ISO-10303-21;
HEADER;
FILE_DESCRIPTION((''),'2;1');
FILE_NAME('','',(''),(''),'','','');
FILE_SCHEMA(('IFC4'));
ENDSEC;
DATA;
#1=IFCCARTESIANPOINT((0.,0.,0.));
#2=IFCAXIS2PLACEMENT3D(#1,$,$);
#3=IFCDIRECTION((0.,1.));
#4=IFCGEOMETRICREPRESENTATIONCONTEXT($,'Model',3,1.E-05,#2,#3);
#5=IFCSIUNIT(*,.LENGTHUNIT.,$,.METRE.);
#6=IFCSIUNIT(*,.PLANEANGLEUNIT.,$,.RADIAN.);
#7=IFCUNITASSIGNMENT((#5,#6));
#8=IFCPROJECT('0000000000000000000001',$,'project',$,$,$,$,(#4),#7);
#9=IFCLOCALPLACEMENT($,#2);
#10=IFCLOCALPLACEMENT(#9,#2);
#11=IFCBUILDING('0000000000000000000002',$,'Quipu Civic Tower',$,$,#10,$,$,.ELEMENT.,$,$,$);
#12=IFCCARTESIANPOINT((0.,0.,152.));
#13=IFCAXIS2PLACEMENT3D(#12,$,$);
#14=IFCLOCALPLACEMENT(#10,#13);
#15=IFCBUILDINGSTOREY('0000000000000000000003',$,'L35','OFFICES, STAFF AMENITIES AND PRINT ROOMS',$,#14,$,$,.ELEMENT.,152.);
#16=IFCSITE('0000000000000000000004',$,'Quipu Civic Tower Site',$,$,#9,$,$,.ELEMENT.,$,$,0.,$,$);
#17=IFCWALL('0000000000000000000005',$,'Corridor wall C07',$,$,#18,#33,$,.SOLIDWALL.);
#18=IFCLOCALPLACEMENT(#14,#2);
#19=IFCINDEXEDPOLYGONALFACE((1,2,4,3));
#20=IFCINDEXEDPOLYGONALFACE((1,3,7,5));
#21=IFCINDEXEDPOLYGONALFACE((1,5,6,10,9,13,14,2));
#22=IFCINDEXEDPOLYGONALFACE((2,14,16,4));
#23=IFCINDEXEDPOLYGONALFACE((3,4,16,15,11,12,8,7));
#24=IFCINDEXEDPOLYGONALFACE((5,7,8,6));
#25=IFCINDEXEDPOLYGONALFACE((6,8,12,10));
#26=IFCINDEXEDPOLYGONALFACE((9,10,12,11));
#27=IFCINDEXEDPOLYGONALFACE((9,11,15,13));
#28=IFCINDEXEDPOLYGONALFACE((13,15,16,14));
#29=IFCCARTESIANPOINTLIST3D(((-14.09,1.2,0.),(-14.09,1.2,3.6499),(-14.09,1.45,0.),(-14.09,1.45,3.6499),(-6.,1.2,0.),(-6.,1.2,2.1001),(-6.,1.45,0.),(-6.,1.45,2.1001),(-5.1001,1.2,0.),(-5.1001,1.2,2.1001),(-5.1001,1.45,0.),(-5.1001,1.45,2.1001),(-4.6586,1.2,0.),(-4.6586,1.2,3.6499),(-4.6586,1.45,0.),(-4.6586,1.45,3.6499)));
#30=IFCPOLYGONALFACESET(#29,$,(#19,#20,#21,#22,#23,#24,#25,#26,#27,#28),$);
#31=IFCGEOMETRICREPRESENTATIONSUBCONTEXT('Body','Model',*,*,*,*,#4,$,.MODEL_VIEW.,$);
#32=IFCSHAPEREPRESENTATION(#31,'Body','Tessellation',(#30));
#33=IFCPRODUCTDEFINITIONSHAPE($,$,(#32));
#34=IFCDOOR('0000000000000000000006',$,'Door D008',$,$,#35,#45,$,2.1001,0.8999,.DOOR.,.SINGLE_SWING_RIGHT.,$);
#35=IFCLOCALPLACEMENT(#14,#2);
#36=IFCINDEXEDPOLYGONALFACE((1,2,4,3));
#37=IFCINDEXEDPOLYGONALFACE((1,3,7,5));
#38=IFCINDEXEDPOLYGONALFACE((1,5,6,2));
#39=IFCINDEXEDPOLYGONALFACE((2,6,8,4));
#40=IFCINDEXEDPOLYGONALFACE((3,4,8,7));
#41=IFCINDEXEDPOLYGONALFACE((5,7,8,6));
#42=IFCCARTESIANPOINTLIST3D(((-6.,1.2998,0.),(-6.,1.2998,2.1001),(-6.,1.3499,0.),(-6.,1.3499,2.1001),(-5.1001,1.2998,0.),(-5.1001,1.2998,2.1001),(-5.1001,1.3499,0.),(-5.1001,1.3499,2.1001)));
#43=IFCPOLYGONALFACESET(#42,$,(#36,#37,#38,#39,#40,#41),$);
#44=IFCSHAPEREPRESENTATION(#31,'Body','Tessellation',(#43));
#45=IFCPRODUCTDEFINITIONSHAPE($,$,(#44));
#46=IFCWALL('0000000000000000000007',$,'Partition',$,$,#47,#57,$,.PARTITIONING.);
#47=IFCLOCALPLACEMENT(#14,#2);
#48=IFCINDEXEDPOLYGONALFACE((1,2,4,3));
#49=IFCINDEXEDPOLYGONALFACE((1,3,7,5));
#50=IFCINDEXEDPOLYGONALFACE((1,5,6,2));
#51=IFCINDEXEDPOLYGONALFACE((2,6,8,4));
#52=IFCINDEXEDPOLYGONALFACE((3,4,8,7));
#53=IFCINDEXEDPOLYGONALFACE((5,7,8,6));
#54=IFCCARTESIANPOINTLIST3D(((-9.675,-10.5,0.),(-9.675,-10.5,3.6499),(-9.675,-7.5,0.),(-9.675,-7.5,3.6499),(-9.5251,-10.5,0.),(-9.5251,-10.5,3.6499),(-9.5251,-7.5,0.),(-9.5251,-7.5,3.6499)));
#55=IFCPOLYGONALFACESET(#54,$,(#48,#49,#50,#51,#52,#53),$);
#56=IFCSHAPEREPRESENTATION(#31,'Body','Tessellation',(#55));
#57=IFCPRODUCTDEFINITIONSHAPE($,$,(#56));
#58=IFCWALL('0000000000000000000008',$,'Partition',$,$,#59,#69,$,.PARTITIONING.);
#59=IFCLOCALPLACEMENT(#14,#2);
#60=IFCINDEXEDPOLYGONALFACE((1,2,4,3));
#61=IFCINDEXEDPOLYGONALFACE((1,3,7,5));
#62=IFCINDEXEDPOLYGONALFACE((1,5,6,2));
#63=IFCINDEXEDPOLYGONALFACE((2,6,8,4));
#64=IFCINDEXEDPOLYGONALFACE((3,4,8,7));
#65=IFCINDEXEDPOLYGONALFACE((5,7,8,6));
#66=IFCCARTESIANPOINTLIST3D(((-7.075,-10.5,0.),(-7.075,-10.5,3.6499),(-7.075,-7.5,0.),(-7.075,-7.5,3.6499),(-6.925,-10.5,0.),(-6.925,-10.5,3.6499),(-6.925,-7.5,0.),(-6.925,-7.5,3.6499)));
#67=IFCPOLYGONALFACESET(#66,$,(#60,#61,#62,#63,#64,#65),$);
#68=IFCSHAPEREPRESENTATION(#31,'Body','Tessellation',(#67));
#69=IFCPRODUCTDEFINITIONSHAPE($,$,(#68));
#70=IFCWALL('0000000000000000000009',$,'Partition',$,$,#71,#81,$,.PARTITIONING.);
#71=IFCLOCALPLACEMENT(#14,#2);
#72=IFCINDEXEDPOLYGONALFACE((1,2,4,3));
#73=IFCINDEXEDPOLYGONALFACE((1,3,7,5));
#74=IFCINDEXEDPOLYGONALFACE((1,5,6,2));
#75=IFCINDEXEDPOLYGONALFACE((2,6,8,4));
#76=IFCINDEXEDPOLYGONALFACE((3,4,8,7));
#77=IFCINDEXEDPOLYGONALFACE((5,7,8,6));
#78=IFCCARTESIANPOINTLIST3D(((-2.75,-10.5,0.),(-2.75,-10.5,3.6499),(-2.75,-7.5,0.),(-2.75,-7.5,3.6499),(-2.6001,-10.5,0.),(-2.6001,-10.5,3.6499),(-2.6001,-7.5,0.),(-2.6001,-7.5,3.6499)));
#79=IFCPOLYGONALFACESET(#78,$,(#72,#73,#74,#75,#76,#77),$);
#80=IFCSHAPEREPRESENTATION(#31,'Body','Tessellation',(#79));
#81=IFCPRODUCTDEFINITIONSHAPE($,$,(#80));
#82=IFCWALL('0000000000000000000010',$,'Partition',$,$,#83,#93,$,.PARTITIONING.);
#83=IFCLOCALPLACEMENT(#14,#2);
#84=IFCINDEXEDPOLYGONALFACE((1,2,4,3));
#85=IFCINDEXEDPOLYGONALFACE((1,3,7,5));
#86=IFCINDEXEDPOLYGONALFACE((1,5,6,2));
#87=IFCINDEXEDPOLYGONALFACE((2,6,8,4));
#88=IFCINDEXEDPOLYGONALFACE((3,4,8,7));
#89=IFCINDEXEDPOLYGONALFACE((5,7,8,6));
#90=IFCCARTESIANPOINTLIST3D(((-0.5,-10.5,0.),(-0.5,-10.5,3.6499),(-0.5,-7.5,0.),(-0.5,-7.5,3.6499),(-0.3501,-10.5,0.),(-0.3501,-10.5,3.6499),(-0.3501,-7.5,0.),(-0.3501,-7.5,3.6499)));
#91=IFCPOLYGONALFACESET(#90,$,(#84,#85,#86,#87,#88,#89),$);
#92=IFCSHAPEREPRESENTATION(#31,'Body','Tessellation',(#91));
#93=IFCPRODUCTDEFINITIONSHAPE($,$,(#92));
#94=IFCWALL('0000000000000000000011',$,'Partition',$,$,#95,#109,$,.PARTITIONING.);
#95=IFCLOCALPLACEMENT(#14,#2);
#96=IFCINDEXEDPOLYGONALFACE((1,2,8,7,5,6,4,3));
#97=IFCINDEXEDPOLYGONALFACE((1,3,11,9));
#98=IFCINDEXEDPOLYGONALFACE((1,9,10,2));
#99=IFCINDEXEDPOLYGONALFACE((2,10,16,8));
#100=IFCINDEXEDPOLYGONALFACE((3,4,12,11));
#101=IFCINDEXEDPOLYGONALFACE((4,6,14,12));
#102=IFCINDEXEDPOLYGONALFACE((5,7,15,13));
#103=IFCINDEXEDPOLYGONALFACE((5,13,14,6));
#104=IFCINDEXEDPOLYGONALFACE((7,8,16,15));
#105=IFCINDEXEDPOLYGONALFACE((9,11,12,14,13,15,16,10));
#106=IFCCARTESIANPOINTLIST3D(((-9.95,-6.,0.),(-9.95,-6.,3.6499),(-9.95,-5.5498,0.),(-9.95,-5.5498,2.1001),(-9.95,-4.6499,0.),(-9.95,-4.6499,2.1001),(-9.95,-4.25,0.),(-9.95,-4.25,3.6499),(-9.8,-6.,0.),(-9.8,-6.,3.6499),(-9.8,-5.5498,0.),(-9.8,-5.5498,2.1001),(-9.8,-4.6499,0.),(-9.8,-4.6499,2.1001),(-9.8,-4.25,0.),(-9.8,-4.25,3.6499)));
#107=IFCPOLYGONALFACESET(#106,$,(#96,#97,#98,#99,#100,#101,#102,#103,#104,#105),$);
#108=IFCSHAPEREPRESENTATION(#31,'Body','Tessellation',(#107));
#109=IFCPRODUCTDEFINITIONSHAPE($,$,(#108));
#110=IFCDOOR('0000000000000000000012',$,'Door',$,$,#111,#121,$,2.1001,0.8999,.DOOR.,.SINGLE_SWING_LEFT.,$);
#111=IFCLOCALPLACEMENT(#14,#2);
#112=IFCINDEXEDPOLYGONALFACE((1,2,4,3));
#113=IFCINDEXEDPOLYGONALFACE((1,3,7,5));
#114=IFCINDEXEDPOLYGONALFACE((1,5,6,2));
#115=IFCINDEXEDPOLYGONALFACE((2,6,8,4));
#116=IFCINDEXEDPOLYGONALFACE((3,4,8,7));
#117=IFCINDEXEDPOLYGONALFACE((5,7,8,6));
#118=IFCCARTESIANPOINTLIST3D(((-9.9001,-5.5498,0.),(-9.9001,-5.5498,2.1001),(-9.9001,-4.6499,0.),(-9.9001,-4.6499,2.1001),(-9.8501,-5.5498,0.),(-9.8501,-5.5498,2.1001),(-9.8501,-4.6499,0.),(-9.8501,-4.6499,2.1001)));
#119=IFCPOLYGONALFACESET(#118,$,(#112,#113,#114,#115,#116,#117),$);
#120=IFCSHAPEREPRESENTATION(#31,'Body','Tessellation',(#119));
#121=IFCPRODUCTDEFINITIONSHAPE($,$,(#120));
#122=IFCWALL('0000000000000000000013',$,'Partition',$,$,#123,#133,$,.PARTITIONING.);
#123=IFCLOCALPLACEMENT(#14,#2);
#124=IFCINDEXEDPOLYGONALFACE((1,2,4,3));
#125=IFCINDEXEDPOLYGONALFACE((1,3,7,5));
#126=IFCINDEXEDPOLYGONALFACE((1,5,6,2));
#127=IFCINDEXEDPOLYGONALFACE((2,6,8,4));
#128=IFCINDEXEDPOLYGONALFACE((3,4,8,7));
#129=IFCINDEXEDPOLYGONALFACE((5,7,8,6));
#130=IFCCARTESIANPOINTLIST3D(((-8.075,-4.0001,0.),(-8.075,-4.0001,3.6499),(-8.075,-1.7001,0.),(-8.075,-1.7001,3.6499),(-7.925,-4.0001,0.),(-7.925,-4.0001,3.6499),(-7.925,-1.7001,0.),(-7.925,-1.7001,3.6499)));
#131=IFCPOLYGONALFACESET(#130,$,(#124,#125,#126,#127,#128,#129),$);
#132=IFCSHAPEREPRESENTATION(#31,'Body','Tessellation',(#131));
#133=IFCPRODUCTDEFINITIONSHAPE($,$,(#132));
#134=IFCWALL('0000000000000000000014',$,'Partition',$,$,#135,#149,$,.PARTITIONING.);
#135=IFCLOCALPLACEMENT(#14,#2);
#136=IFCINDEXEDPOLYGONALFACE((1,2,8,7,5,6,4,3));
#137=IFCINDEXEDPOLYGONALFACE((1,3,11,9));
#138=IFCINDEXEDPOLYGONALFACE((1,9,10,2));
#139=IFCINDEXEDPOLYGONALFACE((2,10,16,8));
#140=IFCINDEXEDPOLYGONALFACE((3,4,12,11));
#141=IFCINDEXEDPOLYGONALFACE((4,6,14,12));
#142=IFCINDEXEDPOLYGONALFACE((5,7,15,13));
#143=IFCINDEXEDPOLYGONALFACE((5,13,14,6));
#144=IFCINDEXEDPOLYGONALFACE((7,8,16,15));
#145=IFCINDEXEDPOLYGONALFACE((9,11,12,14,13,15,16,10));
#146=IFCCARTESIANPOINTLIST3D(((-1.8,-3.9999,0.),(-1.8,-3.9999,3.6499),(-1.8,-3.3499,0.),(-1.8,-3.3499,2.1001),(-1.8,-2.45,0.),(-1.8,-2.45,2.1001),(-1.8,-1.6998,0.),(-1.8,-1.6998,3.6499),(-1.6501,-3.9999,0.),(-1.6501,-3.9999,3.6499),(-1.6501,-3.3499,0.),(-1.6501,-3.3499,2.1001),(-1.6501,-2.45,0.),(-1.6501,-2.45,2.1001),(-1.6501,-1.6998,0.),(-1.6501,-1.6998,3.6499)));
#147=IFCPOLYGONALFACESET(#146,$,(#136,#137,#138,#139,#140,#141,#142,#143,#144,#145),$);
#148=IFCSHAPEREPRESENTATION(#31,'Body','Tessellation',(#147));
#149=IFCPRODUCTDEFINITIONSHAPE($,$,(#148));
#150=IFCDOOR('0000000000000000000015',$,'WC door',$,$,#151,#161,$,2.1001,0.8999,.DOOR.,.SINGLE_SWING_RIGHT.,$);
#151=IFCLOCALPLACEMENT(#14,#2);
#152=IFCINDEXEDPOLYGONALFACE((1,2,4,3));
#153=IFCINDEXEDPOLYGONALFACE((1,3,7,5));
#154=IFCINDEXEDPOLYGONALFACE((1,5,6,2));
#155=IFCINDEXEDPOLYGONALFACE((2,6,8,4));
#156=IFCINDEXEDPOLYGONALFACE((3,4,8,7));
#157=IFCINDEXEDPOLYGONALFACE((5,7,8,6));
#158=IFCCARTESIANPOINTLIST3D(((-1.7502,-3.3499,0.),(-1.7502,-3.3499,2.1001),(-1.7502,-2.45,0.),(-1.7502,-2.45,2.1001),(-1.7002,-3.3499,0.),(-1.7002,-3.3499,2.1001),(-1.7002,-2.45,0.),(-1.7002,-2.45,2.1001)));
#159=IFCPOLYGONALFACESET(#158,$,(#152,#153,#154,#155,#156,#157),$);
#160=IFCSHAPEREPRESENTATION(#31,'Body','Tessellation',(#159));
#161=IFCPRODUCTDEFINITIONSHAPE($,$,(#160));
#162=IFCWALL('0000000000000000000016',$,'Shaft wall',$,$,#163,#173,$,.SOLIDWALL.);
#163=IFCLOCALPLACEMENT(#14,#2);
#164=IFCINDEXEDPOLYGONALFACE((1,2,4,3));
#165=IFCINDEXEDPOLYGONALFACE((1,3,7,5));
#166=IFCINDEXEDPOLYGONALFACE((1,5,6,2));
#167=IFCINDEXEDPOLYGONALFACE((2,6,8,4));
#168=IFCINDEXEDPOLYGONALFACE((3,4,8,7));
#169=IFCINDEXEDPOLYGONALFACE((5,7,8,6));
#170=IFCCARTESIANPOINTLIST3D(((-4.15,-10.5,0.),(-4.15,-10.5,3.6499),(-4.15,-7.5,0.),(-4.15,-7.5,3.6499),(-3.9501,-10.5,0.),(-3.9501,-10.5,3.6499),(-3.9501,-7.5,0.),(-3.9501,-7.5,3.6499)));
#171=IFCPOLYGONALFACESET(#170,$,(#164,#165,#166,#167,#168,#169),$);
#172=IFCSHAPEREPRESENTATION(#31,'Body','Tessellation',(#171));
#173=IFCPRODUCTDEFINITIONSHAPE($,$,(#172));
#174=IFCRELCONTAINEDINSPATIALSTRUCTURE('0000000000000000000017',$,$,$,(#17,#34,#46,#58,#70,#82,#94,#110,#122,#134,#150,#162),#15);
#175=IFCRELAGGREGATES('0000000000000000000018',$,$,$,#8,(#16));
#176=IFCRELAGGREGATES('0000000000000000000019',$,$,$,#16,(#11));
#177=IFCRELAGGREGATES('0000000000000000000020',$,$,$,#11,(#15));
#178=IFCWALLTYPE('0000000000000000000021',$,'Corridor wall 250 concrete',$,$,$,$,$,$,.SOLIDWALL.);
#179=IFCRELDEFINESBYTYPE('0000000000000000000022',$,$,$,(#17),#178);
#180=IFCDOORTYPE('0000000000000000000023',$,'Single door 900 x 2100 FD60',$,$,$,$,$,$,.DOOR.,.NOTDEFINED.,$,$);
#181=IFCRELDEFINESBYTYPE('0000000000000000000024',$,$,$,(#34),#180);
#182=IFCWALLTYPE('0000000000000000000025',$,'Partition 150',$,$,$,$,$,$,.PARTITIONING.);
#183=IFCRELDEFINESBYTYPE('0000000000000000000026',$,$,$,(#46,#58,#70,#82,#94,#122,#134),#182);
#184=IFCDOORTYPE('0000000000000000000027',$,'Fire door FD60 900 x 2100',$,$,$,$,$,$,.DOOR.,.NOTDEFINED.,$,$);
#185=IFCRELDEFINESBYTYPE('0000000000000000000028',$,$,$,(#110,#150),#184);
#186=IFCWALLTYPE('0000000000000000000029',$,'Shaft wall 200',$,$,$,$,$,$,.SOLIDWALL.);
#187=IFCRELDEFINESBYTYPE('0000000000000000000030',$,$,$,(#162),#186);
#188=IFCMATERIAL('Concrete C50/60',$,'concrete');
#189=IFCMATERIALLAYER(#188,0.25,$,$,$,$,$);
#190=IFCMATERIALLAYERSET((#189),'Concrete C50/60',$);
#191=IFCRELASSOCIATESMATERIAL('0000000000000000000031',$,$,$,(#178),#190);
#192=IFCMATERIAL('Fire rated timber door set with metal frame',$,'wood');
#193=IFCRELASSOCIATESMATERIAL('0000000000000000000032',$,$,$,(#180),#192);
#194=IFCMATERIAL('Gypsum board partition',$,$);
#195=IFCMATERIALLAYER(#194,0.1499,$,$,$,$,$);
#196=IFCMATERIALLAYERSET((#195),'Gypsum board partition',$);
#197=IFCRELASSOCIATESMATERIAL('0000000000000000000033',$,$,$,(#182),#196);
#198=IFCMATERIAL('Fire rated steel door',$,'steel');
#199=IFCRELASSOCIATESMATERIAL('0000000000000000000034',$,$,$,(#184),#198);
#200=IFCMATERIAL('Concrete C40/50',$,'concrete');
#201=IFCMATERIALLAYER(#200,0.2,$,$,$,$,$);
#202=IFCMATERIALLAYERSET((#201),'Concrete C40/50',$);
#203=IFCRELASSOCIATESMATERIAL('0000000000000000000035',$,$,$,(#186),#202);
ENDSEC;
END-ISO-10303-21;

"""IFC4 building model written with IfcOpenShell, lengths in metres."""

from ifc_helpers import new_model, si_unit, direction, frame, frame_2d, origin, place, context, subcontext, project, spatial, rectangle, extrude, material, layer, layer_set, type_object, element, fill, save


model = new_model("IFC4")

# Units and contexts
model_context = context("Model", 3, precision=1e-05, world=origin(), true_north=direction((0.0, 1.0)))
body_context = subcontext(model_context, "Body", "Model", "MODEL_VIEW")
ifc_project = project(units=[si_unit("LENGTHUNIT", "METRE"), si_unit("PLANEANGLEUNIT", "RADIAN")], contexts=[model_context])

# Site, building, storey
site_placement = place(None, origin())
site = spatial("IfcSite", under=ifc_project, at=site_placement, Name="Quipu Civic Tower Site", CompositionType="ELEMENT", RefElevation=0.0)
building_placement = place(site_placement, origin())
building = spatial("IfcBuilding", under=site, at=building_placement, Name="Quipu Civic Tower", CompositionType="ELEMENT")
storey_placement = place(building_placement, frame((0.0, 0.0, 152.0)))
storey = spatial("IfcBuildingStorey", under=building, at=storey_placement, Name="L35", Description="OFFICES, STAFF AMENITIES AND PRINT ROOMS", CompositionType="ELEMENT", Elevation=152.0)

# Wall, opening, door
ifc_material_1 = material(Name="Concrete C50/60", Category="concrete")
ifc_layer_1 = layer(ifc_material_1, 0.25)
ifc_layer_set_1 = layer_set([ifc_layer_1], Name="Concrete C50/60")
wall_type_1 = type_object("IfcWallType", Name="Corridor wall 250 concrete", PredefinedType="SOLIDWALL", material=ifc_layer_set_1)
wall_1_placement = place(storey_placement, frame((-14.0901, 1.325, 0.0), z_axis=(0.0, 0.0, 1.0), x_axis=(1.0, 0.0, 0.0)))
wall_1 = element("IfcWall", 1, at=wall_1_placement, inside=storey, type_object=wall_type_1, Name="Corridor wall C07", PredefinedType="SOLIDWALL", context=body_context, shape_type="SweptSolid", body=[
    extrude(rectangle(XDim=9.4314, YDim=0.25, at=frame_2d((4.7158, 0.0))), origin(), (0.0, 0.0, 1.0), 3.6499),
])
opening_1_placement = place(wall_1_placement, frame((8.0901, 0.0, 0.0)))
opening_1 = element("IfcOpeningElement", 2, at=opening_1_placement, cuts=wall_1, PredefinedType="OPENING", context=body_context, shape_type="SweptSolid", body=[
    extrude(rectangle(XDim=0.8999, YDim=2.1001, at=frame_2d((0.45, 1.05))), frame((0.0, 0.135, 0.0), z_axis=(0.0, -1.0, 0.0), x_axis=(1.0, 0.0, 0.0)), (0.0, 0.0, 1.0), 0.27),
])
ifc_material_2 = material(Name="Fire rated timber door set with metal frame", Category="wood")
door_type_1 = type_object("IfcDoorType", Name="Single door 900 x 2100 FD60", OperationType="NOTDEFINED", PredefinedType="DOOR", material=ifc_material_2)
door_1_placement = place(opening_1_placement, origin())
door_1 = element("IfcDoor", 3, at=door_1_placement, inside=storey, type_object=door_type_1, Name="Door D008", OperationType="SINGLE_SWING_RIGHT", OverallHeight=2.1001, OverallWidth=0.8999, PredefinedType="DOOR", context=body_context, shape_type="SweptSolid", body=[
    extrude(rectangle(XDim=0.8999, YDim=2.1001, at=frame_2d((0.45, 1.05))), frame((0.0, 0.0249, 0.0), z_axis=(0.0, -1.0, 0.0), x_axis=(1.0, 0.0, 0.0)), (0.0, 0.0, 1.0), 0.05),
])
fill(opening_1, door_1)

# Walls
ifc_material_3 = material(Name="Gypsum board partition")
ifc_layer_2 = layer(ifc_material_3, 0.1499)
ifc_layer_set_2 = layer_set([ifc_layer_2], Name="Gypsum board partition")
wall_type_2 = type_object("IfcWallType", Name="Partition 150", PredefinedType="PARTITIONING", material=ifc_layer_set_2)
for number, where, z_axis, x_axis, name in (
    (4, (-9.6001, -10.5, 0.0), (0.0, 0.0, 1.0), (0.0, 1.0, 0.0), "Partition"),
    (5, (-7.0, -10.5, 0.0), (0.0, 0.0, 1.0), (0.0, 1.0, 0.0), "Partition"),
    (6, (-2.675, -10.5, 0.0), (0.0, 0.0, 1.0), (0.0, 1.0, 0.0), "Partition"),
    (7, (-0.425, -10.5, 0.0), (0.0, 0.0, 1.0), (0.0, 1.0, 0.0), "Partition"),
):
    element("IfcWall", number, at=place(storey_placement, frame(where, z_axis=z_axis, x_axis=x_axis)), inside=storey, type_object=wall_type_2, Name=name, PredefinedType="PARTITIONING", context=body_context, shape_type="SweptSolid", body=[
        extrude(rectangle(XDim=3.0, YDim=0.1499, at=frame_2d((1.5, 0.0))), origin(), (0.0, 0.0, 1.0), 3.6499),
    ])

# Wall, opening, door
wall_2_placement = place(storey_placement, frame((-9.875, -4.25, 0.0), z_axis=(0.0, 0.0, 1.0), x_axis=(0.0, -1.0, 0.0)))
wall_2 = element("IfcWall", 8, at=wall_2_placement, inside=storey, type_object=wall_type_2, Name="Partition", PredefinedType="PARTITIONING", context=body_context, shape_type="SweptSolid", body=[
    extrude(rectangle(XDim=1.75, YDim=0.1499, at=frame_2d((0.875, 0.0))), origin(), (0.0, 0.0, 1.0), 3.6499),
])
opening_2_placement = place(wall_2_placement, frame((0.3999, 0.0, 0.0)))
opening_2 = element("IfcOpeningElement", 9, at=opening_2_placement, cuts=wall_2, PredefinedType="OPENING", context=body_context, shape_type="SweptSolid", body=[
    extrude(rectangle(XDim=0.8999, YDim=2.1001, at=frame_2d((0.45, 1.05))), frame((0.0, 0.085, 0.0), z_axis=(0.0, -1.0, 0.0), x_axis=(1.0, 0.0, 0.0)), (0.0, 0.0, 1.0), 0.1699),
])
ifc_material_4 = material(Name="Fire rated steel door", Category="steel")
door_type_2 = type_object("IfcDoorType", Name="Fire door FD60 900 x 2100", OperationType="NOTDEFINED", PredefinedType="DOOR", material=ifc_material_4)
door_2_placement = place(opening_2_placement, origin())
door_2 = element("IfcDoor", 10, at=door_2_placement, inside=storey, type_object=door_type_2, Name="Door", OperationType="SINGLE_SWING_LEFT", OverallHeight=2.1001, OverallWidth=0.8999, PredefinedType="DOOR", context=body_context, shape_type="SweptSolid", body=[
    extrude(rectangle(XDim=0.8999, YDim=2.1001, at=frame_2d((0.45, 1.05))), frame((0.0, 0.0249, 0.0), z_axis=(0.0, -1.0, 0.0), x_axis=(1.0, 0.0, 0.0)), (0.0, 0.0, 1.0), 0.05),
])
fill(opening_2, door_2)

# Wall
wall_3_placement = place(storey_placement, frame((-8.0, -4.0, 0.0), z_axis=(0.0, 0.0, 1.0), x_axis=(0.0, 1.0, 0.0)))
element("IfcWall", 11, at=wall_3_placement, inside=storey, type_object=wall_type_2, Name="Partition", PredefinedType="PARTITIONING", context=body_context, shape_type="SweptSolid", body=[
    extrude(rectangle(XDim=2.3, YDim=0.1499, at=frame_2d((1.1499, 0.0))), origin(), (0.0, 0.0, 1.0), 3.6499),
])

# Wall, opening, door
wall_4_placement = place(storey_placement, frame((-1.7251, -1.7, 0.0), z_axis=(0.0, 0.0, 1.0), x_axis=(0.0, -1.0, 0.0)))
wall_4 = element("IfcWall", 12, at=wall_4_placement, inside=storey, type_object=wall_type_2, Name="Partition", PredefinedType="PARTITIONING", context=body_context, shape_type="SweptSolid", body=[
    extrude(rectangle(XDim=2.3, YDim=0.1499, at=frame_2d((1.1499, 0.0))), origin(), (0.0, 0.0, 1.0), 3.6499),
])
opening_3_placement = place(wall_4_placement, frame((0.75, 0.0, 0.0)))
opening_3 = element("IfcOpeningElement", 13, at=opening_3_placement, cuts=wall_4, PredefinedType="OPENING", context=body_context, shape_type="SweptSolid", body=[
    extrude(rectangle(XDim=0.8999, YDim=2.1001, at=frame_2d((0.45, 1.05))), frame((0.0, 0.085, 0.0), z_axis=(0.0, -1.0, 0.0), x_axis=(1.0, 0.0, 0.0)), (0.0, 0.0, 1.0), 0.1699),
])
door_3_placement = place(opening_3_placement, origin())
door_3 = element("IfcDoor", 14, at=door_3_placement, inside=storey, type_object=door_type_2, Name="WC door", OperationType="SINGLE_SWING_RIGHT", OverallHeight=2.1001, OverallWidth=0.8999, PredefinedType="DOOR", context=body_context, shape_type="SweptSolid", body=[
    extrude(rectangle(XDim=0.8999, YDim=2.1001, at=frame_2d((0.45, 1.05))), frame((0.0, 0.0249, 0.0), z_axis=(0.0, -1.0, 0.0), x_axis=(1.0, 0.0, 0.0)), (0.0, 0.0, 1.0), 0.05),
])
fill(opening_3, door_3)

# Wall
ifc_material_5 = material(Name="Concrete C40/50", Category="concrete")
ifc_layer_3 = layer(ifc_material_5, 0.2)
ifc_layer_set_3 = layer_set([ifc_layer_3], Name="Concrete C40/50")
wall_type_3 = type_object("IfcWallType", Name="Shaft wall 200", PredefinedType="SOLIDWALL", material=ifc_layer_set_3)
wall_5_placement = place(storey_placement, frame((-4.05, -10.5, 0.0), z_axis=(0.0, 0.0, 1.0), x_axis=(0.0, 1.0, 0.0)))
element("IfcWall", 15, at=wall_5_placement, inside=storey, type_object=wall_type_3, Name="Shaft wall", PredefinedType="SOLIDWALL", context=body_context, shape_type="SweptSolid", body=[
    extrude(rectangle(XDim=3.0, YDim=0.2, at=frame_2d((1.5, 0.0))), origin(), (0.0, 0.0, 1.0), 3.6499),
])

save(model, "model.ifc")
